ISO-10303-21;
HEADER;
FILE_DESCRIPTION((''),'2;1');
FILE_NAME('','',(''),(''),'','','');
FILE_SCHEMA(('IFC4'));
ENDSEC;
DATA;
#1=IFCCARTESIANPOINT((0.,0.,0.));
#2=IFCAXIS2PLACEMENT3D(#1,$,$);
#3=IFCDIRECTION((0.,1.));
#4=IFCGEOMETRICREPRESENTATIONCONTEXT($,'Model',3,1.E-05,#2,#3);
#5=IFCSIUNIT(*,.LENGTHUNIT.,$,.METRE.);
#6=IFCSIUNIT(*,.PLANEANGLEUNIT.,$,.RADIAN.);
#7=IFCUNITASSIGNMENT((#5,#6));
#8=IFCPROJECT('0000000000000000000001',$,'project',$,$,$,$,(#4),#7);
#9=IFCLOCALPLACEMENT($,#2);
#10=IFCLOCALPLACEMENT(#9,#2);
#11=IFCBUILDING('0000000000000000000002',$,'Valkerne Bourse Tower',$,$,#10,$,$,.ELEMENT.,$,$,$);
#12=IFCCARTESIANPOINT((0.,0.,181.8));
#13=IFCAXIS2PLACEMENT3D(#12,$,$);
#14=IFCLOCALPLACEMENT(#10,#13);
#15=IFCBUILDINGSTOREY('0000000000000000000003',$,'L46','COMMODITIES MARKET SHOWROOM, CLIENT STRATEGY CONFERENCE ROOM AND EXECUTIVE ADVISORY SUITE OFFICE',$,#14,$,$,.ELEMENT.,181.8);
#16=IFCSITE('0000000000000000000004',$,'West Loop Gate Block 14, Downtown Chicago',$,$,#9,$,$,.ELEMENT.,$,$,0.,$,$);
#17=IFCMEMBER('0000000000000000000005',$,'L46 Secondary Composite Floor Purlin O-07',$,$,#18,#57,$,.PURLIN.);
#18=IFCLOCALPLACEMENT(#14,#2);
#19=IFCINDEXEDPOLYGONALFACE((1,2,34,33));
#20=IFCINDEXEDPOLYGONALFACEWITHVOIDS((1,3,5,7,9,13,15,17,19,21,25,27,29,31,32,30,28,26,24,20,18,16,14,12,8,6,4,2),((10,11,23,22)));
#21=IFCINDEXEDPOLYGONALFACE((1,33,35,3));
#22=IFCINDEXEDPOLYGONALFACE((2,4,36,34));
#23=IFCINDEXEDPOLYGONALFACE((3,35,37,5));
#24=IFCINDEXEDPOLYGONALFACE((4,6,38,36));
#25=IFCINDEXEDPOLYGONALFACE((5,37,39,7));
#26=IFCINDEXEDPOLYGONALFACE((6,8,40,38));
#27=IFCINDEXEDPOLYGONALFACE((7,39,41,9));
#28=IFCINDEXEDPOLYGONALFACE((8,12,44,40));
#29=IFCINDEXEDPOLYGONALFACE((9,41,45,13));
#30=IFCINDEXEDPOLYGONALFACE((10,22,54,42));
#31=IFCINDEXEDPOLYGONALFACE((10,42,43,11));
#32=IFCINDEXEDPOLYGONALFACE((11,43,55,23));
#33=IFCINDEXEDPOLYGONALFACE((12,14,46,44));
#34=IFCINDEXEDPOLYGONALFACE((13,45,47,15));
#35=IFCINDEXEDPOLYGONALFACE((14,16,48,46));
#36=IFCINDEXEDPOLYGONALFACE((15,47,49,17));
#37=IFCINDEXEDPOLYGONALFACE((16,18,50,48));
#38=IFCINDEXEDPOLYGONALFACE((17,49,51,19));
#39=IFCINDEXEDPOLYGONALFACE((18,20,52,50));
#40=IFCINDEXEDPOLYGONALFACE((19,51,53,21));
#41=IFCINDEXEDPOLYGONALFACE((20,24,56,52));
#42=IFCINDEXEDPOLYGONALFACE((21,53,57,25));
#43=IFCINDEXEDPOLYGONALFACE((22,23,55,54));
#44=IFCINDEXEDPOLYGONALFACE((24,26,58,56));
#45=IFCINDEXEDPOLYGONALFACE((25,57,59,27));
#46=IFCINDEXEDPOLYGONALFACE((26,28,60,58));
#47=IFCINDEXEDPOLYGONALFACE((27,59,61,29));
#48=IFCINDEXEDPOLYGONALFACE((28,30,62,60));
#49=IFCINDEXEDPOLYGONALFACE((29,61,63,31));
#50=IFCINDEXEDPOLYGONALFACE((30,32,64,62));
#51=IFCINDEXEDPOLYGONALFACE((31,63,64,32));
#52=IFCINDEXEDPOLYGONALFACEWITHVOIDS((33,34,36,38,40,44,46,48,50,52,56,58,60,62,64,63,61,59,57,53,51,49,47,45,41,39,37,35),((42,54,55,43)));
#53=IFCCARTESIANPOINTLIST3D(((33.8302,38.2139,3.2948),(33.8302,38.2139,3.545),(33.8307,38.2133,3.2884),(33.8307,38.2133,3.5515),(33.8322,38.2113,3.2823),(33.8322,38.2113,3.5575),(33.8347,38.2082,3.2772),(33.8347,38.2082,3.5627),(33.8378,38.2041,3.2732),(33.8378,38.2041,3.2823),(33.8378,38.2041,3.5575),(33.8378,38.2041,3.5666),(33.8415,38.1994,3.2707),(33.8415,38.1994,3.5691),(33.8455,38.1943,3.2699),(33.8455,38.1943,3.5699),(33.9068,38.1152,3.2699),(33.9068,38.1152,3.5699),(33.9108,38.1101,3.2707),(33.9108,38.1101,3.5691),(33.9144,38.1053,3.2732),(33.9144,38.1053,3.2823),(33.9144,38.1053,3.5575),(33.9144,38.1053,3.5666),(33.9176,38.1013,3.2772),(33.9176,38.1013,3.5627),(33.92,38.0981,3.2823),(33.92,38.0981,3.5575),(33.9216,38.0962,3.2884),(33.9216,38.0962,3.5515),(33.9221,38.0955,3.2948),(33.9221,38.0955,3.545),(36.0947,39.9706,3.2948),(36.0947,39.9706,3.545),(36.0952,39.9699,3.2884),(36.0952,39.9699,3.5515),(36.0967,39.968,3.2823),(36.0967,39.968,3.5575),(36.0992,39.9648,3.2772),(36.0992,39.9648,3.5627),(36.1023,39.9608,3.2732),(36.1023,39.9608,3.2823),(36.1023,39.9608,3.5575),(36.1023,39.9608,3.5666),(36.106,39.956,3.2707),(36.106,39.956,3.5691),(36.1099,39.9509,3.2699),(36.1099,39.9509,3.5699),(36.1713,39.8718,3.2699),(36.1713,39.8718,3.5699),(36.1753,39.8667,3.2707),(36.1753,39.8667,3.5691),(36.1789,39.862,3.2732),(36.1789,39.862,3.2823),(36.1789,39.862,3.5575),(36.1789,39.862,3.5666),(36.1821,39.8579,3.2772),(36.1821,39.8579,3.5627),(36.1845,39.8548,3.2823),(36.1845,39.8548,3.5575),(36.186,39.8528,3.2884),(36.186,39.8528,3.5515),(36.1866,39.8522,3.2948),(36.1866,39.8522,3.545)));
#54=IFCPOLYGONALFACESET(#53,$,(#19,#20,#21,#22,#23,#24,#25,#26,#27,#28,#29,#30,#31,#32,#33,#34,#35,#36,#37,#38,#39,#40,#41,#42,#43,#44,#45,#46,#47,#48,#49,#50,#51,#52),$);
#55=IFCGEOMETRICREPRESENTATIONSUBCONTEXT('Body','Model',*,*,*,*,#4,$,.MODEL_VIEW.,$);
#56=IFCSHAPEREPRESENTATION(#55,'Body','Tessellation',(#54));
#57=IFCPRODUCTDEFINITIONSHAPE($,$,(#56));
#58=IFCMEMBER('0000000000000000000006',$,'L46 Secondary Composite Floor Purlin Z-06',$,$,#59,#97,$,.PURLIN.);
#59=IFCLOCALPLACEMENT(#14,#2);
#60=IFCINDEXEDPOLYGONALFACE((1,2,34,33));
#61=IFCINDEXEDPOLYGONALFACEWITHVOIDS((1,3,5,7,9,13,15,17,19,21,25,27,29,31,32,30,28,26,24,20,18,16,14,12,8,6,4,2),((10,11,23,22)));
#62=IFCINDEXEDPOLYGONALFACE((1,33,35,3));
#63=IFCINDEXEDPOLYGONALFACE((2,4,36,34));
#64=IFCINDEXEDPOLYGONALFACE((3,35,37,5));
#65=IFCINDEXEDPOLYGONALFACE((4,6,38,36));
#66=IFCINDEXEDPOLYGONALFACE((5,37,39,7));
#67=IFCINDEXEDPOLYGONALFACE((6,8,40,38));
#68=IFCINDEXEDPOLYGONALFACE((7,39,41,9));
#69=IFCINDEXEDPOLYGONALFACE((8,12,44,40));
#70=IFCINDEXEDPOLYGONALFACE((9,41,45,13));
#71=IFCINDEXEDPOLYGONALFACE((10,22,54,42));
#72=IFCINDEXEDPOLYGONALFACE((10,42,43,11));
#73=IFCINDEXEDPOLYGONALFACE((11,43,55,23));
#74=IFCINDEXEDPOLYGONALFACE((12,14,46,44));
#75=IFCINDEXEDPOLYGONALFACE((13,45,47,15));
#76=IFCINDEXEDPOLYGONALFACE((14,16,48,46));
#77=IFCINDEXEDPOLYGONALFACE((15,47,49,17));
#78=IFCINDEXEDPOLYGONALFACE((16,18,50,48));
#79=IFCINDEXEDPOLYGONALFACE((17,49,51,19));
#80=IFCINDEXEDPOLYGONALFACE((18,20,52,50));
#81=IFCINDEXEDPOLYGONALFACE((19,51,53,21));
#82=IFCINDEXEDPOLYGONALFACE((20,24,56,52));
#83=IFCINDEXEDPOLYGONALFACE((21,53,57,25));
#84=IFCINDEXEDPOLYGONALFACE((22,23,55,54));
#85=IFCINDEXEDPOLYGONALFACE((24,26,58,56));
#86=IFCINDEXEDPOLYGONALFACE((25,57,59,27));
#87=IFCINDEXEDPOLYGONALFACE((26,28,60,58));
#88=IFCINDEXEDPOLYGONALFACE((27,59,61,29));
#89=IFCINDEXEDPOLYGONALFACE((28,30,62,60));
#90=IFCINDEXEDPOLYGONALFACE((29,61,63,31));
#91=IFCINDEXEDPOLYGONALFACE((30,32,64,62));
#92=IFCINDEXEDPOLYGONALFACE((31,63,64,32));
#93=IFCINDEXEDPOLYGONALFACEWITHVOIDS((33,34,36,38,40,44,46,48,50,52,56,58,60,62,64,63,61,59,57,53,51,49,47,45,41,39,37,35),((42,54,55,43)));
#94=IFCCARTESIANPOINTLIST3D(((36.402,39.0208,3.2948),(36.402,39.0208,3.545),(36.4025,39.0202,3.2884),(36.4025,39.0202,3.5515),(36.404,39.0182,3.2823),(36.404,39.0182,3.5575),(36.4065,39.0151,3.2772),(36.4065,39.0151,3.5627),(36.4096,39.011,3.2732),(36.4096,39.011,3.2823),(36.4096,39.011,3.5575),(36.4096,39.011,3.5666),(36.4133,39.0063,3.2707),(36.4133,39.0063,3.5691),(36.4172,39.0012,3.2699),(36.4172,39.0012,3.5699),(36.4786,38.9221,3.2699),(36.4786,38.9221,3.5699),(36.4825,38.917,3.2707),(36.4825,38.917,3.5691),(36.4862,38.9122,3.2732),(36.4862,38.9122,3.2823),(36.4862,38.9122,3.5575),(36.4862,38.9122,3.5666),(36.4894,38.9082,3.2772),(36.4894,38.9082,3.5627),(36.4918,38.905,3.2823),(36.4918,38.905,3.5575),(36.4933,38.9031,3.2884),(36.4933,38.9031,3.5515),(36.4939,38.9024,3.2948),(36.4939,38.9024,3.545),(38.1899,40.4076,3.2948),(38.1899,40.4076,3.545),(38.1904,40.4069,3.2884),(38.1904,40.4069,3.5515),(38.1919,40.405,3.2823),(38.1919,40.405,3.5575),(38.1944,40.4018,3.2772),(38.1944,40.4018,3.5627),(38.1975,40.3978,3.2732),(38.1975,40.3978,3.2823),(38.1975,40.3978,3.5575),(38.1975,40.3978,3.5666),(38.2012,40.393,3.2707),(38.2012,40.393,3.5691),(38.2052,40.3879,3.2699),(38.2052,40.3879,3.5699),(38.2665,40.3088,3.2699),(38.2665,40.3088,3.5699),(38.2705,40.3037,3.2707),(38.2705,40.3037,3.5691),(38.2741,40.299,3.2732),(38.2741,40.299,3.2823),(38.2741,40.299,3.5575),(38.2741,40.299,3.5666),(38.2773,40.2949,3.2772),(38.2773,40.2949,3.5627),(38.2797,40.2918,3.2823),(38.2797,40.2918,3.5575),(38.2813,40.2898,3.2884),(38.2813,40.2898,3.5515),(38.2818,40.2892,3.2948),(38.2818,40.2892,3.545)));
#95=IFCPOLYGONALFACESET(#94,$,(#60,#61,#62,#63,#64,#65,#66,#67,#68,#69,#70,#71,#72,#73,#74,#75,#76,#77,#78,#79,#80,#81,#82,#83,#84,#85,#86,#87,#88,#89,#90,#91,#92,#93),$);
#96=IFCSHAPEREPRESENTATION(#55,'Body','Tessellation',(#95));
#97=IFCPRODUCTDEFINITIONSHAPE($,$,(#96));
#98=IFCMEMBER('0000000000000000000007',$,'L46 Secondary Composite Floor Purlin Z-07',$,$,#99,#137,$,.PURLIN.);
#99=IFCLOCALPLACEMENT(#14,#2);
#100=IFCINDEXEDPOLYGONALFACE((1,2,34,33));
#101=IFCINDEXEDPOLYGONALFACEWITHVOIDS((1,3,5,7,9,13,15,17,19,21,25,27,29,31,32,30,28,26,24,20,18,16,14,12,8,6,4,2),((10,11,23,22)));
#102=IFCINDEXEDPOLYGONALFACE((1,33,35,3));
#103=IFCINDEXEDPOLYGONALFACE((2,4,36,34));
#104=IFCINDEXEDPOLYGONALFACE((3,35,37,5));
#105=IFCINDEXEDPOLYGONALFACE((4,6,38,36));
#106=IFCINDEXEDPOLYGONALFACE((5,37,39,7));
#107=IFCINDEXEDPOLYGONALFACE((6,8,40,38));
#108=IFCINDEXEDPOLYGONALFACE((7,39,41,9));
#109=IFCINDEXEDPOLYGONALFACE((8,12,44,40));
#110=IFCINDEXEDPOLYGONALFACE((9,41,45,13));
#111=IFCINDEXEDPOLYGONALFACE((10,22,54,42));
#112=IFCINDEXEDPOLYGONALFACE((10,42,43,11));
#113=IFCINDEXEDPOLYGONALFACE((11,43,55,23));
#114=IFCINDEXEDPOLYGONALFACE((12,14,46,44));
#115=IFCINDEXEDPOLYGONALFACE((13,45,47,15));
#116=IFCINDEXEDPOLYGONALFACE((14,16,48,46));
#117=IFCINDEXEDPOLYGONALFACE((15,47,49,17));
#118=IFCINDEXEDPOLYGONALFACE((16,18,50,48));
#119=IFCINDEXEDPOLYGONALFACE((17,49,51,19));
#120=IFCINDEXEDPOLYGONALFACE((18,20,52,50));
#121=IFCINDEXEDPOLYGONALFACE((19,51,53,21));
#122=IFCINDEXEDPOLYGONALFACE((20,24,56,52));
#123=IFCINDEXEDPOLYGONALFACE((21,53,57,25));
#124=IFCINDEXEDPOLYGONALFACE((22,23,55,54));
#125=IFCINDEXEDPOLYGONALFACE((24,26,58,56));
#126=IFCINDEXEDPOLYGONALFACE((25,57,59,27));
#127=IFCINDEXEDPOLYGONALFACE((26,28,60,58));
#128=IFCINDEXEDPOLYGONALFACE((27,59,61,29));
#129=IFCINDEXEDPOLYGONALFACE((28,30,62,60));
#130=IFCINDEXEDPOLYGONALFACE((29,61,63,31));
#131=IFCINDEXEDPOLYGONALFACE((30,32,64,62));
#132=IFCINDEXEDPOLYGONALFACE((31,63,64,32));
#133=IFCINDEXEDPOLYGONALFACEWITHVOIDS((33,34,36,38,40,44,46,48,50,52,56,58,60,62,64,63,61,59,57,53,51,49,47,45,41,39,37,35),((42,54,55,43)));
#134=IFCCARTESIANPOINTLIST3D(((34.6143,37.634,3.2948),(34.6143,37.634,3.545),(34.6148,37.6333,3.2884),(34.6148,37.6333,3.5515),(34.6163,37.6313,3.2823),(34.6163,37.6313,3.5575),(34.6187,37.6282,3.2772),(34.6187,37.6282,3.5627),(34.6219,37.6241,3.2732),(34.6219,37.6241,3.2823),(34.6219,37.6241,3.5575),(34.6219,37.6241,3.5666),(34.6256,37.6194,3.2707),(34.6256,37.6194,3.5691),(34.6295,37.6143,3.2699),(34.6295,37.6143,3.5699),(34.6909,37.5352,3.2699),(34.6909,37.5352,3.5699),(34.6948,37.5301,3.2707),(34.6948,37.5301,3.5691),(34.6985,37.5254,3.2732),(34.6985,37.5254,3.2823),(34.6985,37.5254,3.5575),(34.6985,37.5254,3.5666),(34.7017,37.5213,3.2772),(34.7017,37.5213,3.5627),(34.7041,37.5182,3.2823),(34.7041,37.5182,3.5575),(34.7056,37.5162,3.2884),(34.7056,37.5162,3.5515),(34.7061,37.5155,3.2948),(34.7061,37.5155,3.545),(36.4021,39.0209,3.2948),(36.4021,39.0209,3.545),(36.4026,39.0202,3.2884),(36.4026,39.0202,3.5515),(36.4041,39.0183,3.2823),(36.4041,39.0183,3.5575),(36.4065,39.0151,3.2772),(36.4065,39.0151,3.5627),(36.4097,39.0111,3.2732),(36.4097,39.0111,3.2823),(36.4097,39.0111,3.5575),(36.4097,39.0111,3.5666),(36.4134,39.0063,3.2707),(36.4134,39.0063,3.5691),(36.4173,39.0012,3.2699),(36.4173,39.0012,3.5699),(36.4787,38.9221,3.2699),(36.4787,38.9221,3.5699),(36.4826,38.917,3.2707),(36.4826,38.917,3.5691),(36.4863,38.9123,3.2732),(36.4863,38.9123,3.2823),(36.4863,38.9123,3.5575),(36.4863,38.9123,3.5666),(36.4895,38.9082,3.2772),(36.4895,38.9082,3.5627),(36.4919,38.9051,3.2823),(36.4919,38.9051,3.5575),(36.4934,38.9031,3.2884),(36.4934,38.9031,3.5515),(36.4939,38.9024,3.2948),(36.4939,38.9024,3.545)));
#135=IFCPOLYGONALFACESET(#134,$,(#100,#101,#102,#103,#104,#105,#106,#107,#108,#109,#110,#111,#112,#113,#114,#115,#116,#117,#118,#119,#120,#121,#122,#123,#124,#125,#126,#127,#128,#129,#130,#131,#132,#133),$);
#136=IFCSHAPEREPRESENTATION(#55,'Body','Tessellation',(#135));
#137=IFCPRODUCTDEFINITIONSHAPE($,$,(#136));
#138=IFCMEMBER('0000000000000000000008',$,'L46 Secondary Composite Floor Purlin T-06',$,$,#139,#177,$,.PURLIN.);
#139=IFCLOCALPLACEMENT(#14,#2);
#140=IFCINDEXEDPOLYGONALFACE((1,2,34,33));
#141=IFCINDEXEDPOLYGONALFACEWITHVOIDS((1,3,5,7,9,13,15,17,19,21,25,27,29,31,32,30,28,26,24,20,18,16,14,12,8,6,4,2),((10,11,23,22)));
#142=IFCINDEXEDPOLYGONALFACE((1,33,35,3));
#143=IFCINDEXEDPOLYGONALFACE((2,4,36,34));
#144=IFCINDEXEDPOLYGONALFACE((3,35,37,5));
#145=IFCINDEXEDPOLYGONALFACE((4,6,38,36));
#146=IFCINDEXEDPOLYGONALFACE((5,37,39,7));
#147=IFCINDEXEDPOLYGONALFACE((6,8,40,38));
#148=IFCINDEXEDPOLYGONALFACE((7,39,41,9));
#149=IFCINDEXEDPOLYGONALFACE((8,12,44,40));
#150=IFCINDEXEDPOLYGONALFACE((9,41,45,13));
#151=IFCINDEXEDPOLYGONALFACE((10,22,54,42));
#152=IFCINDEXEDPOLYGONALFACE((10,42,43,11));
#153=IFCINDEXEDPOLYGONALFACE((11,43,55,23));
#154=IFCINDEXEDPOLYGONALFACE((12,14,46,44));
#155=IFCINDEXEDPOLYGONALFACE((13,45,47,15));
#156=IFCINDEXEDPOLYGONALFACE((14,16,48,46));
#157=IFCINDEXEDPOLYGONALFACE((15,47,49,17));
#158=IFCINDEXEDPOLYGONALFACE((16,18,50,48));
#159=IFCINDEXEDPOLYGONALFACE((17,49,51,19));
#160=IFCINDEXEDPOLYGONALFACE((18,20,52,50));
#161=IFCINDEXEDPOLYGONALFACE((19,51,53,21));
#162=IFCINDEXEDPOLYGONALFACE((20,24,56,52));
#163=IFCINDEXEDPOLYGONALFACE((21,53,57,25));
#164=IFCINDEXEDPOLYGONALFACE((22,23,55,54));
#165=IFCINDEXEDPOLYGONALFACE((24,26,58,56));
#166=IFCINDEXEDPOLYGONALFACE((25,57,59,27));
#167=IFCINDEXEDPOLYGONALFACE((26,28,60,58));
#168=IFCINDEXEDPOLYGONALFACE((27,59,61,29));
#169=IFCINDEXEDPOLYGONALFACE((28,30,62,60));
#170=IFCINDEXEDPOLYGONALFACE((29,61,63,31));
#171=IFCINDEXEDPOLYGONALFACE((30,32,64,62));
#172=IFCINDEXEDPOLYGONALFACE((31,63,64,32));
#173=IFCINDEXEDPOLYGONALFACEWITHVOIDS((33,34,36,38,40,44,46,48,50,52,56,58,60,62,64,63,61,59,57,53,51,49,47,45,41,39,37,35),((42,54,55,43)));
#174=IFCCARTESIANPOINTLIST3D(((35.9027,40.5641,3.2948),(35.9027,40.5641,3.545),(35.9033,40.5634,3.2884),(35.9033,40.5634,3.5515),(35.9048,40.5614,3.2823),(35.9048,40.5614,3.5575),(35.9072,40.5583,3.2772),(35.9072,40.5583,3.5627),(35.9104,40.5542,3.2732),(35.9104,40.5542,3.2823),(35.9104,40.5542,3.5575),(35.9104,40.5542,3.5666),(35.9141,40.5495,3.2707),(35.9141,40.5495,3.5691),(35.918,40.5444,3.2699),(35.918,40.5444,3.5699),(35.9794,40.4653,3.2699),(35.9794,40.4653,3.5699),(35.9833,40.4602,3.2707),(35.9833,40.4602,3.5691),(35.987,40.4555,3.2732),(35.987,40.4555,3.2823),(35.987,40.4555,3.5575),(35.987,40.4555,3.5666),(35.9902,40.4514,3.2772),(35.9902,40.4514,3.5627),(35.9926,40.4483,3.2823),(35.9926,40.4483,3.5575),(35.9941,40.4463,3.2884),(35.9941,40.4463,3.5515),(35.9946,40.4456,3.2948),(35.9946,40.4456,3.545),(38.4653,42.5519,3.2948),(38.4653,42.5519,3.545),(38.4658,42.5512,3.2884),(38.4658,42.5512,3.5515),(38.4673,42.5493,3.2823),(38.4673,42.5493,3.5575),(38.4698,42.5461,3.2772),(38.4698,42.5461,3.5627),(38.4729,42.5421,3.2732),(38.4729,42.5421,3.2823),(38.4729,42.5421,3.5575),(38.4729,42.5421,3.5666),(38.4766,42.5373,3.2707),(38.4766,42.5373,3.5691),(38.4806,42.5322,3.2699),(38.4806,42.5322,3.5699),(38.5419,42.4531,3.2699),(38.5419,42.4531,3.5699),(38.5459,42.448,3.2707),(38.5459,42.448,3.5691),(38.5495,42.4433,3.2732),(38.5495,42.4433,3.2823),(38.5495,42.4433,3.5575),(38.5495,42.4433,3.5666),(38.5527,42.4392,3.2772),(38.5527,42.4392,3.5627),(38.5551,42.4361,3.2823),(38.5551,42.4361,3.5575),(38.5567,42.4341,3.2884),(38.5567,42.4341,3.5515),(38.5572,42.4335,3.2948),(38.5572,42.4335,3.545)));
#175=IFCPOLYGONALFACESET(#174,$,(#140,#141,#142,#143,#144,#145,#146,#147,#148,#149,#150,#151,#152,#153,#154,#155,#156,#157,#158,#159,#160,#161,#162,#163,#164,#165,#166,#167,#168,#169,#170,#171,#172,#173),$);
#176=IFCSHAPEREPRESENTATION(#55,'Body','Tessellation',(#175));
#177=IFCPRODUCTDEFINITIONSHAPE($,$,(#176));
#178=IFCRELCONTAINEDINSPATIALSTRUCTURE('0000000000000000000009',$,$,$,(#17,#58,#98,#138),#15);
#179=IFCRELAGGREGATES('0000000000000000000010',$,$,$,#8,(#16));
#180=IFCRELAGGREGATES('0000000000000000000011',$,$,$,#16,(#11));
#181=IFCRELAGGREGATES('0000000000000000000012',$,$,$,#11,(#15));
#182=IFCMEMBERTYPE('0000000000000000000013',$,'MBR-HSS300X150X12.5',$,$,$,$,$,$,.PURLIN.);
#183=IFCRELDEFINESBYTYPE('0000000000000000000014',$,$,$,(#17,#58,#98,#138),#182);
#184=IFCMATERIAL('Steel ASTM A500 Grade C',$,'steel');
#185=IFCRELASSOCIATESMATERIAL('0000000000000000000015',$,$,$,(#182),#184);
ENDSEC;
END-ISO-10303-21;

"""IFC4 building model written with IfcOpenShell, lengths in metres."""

from ifc_helpers import new_model, si_unit, direction, frame, origin, origin_2d, place, context, subcontext, project, spatial, hollow_rectangle, extrude, material, material_profile, profile_set, type_object, element, save


model = new_model("IFC4")

# Units and contexts
model_context = context("Model", 3, precision=1e-05, world=origin(), true_north=direction((0.0, 1.0)))
body_context = subcontext(model_context, "Body", "Model", "MODEL_VIEW")
ifc_project = project(units=[si_unit("LENGTHUNIT", "METRE"), si_unit("PLANEANGLEUNIT", "RADIAN")], contexts=[model_context])

# Site, building, storey
site_placement = place(None, origin())
site = spatial("IfcSite", under=ifc_project, at=site_placement, Name="West Loop Gate Block 14, Downtown Chicago", CompositionType="ELEMENT", RefElevation=0.0)
building_placement = place(site_placement, origin())
building = spatial("IfcBuilding", under=site, at=building_placement, Name="Valkerne Bourse Tower", CompositionType="ELEMENT")
storey_placement = place(building_placement, frame((0.0, 0.0, 181.8)))
storey = spatial("IfcBuildingStorey", under=building, at=storey_placement, Name="L46", Description="COMMODITIES MARKET SHOWROOM, CLIENT STRATEGY CONFERENCE ROOM AND EXECUTIVE ADVISORY SUITE OFFICE", CompositionType="ELEMENT", Elevation=181.8)

# Members
ifc_material_1 = material(Name="Steel ASTM A500 Grade C", Category="steel")
ifc_material_profile_1 = material_profile(ifc_material_1, hollow_rectangle(XDim=0.1499, YDim=0.3, WallThickness=0.0125, OuterFilletRadius=0.0249, at=origin_2d()), Name="HSS300X150X12.5")
ifc_profile_set_1 = profile_set([ifc_material_profile_1], Name="Steel ASTM A500 Grade C")
member_type_1 = type_object("IfcMemberType", Name="MBR-HSS300X150X12.5", PredefinedType="PURLIN", material=ifc_profile_set_1)
for number, where, z_axis, x_axis, name in (
    (1, (36.1406, 39.9114, 3.4199), (-0.790131, -0.612938, 0.0), (0.612938, -0.790131, 0.0), "L46 Secondary Composite Floor Purlin O-07"),
):
    element("IfcMember", number, at=place(storey_placement, frame(where, z_axis=z_axis, x_axis=x_axis)), inside=storey, type_object=member_type_1, Name=name, PredefinedType="PURLIN", context=body_context, shape_type="SweptSolid", body=[
        extrude(hollow_rectangle(XDim=0.1499, YDim=0.3, WallThickness=0.0125, OuterFilletRadius=0.0249, at=origin_2d()), origin(), (0.0, 0.0, 1.0), 2.866),
    ])
for number, where, z_axis, x_axis, name in (
    (2, (38.2358, 40.3484, 3.4199), (-0.790171, -0.612887, 0.0), (0.612887, -0.790171, 0.0), "L46 Secondary Composite Floor Purlin Z-06"),
    (3, (36.448, 38.9617, 3.4199), (-0.790118, -0.612954, 0.0), (0.612954, -0.790118, 0.0), "L46 Secondary Composite Floor Purlin Z-07"),
):
    element("IfcMember", number, at=place(storey_placement, frame(where, z_axis=z_axis, x_axis=x_axis)), inside=storey, type_object=member_type_1, Name=name, PredefinedType="PURLIN", context=body_context, shape_type="SweptSolid", body=[
        extrude(hollow_rectangle(XDim=0.1499, YDim=0.3, WallThickness=0.0125, OuterFilletRadius=0.0249, at=origin_2d()), origin(), (0.0, 0.0, 1.0), 2.2627),
    ])
for number, where, z_axis, x_axis, name in (
    (4, (38.5112, 42.4927, 3.4199), (-0.790138, -0.612929, 0.0), (0.612929, -0.790138, 0.0), "L46 Secondary Composite Floor Purlin T-06"),
):
    element("IfcMember", number, at=place(storey_placement, frame(where, z_axis=z_axis, x_axis=x_axis)), inside=storey, type_object=member_type_1, Name=name, PredefinedType="PURLIN", context=body_context, shape_type="SweptSolid", body=[
        extrude(hollow_rectangle(XDim=0.1499, YDim=0.3, WallThickness=0.0125, OuterFilletRadius=0.0249, at=origin_2d()), origin(), (0.0, 0.0, 1.0), 3.2432),
    ])

save(model, "model.ifc")
